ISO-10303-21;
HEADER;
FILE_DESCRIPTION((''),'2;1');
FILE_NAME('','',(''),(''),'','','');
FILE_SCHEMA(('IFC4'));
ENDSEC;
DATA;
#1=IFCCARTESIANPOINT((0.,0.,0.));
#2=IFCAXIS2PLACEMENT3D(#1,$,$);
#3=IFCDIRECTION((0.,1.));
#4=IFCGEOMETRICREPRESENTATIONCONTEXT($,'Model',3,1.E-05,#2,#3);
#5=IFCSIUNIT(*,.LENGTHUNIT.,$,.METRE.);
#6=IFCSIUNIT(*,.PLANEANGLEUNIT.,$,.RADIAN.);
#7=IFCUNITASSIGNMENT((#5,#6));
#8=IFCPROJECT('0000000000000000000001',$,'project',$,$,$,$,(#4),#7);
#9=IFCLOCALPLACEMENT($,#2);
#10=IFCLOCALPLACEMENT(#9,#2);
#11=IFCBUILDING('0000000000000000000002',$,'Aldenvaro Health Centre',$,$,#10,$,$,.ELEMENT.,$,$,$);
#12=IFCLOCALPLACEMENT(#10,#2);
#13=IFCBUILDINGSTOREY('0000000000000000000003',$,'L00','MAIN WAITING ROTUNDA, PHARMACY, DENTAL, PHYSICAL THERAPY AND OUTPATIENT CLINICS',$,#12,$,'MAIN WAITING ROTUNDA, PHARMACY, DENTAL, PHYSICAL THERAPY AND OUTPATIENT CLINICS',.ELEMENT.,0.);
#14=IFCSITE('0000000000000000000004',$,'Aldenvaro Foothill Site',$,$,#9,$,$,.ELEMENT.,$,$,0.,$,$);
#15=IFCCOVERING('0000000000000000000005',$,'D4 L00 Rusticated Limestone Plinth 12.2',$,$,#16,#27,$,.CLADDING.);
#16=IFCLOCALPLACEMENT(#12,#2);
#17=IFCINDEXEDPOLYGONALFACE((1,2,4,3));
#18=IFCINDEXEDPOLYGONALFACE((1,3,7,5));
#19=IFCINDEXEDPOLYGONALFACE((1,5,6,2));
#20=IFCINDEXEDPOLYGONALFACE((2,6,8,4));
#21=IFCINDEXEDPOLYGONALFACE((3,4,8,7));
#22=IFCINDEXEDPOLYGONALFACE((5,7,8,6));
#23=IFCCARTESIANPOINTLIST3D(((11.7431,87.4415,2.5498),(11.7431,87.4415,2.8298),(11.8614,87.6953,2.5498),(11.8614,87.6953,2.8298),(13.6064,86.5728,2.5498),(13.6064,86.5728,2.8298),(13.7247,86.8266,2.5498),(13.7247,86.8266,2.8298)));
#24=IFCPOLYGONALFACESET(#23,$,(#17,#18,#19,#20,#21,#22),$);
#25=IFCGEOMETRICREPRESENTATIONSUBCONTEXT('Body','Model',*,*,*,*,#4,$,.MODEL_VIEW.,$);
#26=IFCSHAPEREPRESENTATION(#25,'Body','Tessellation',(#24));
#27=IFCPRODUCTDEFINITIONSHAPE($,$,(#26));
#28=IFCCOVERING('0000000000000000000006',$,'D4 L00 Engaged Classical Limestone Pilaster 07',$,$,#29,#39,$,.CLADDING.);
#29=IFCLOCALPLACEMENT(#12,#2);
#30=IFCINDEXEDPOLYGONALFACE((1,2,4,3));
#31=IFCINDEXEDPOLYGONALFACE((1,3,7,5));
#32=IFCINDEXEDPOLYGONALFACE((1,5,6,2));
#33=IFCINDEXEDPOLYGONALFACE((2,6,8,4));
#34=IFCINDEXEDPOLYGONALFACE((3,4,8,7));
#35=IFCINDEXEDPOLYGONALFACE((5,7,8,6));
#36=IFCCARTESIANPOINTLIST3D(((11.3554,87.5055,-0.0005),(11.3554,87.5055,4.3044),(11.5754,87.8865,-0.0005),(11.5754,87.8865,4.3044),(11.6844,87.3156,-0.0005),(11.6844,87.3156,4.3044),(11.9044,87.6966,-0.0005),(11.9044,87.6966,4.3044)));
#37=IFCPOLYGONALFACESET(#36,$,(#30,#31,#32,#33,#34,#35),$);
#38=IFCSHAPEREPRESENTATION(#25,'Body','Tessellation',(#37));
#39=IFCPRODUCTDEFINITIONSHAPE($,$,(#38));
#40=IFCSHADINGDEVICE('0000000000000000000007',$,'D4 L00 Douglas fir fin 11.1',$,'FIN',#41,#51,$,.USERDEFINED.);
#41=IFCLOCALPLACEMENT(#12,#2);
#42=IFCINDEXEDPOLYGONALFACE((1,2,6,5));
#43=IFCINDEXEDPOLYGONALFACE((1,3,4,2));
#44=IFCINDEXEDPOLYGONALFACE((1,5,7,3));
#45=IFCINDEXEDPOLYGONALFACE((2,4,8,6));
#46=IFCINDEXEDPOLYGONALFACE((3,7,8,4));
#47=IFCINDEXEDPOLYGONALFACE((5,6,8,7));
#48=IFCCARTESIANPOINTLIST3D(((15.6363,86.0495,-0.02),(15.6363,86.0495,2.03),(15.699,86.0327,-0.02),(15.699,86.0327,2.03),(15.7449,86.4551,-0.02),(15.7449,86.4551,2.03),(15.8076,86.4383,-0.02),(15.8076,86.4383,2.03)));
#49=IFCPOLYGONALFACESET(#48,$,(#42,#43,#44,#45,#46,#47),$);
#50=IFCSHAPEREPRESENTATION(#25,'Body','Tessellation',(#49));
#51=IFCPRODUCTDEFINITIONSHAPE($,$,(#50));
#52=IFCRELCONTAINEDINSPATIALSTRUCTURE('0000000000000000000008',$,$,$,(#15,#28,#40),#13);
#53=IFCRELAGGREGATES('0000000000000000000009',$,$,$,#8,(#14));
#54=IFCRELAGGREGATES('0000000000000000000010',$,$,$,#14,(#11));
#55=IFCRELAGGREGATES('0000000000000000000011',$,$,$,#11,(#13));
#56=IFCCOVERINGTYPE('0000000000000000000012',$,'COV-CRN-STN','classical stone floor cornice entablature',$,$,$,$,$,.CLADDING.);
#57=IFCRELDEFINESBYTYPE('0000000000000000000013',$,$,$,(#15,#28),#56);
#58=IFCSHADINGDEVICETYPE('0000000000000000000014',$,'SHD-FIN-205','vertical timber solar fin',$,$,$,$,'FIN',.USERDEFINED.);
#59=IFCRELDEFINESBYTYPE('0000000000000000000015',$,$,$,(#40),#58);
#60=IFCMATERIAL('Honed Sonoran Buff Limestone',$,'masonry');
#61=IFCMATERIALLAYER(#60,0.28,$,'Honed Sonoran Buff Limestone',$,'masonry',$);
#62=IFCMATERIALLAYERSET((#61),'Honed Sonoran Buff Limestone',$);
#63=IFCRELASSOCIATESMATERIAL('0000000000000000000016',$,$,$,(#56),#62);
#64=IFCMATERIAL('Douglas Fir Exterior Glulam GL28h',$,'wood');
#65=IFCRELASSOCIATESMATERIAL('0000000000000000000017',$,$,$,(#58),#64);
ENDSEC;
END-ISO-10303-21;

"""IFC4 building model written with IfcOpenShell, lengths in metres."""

from ifc_helpers import new_model, si_unit, direction, frame, origin, origin_2d, place, context, subcontext, project, spatial, rectangle, extrude, material, layer, layer_set, type_object, element, save


model = new_model("IFC4")

# Units and contexts
model_context = context("Model", 3, precision=1e-05, world=origin(), true_north=direction((0.0, 1.0)))
body_context = subcontext(model_context, "Body", "Model", "MODEL_VIEW")
ifc_project = project(units=[si_unit("LENGTHUNIT", "METRE"), si_unit("PLANEANGLEUNIT", "RADIAN")], contexts=[model_context])

# Site, building, storey
site_placement = place(None, origin())
site = spatial("IfcSite", under=ifc_project, at=site_placement, Name="Aldenvaro Foothill Site", CompositionType="ELEMENT", RefElevation=0.0)
building_placement = place(site_placement, origin())
building = spatial("IfcBuilding", under=site, at=building_placement, Name="Aldenvaro Health Centre", CompositionType="ELEMENT")
storey_placement = place(building_placement, origin())
storey = spatial("IfcBuildingStorey", under=building, at=storey_placement, Name="L00", Description="MAIN WAITING ROTUNDA, PHARMACY, DENTAL, PHYSICAL THERAPY AND OUTPATIENT CLINICS", LongName="MAIN WAITING ROTUNDA, PHARMACY, DENTAL, PHYSICAL THERAPY AND OUTPATIENT CLINICS", CompositionType="ELEMENT", Elevation=0.0)

# Coverings
ifc_material_1 = material(Name="Honed Sonoran Buff Limestone", Category="masonry")
ifc_layer_1 = layer(ifc_material_1, 0.28, Name="Honed Sonoran Buff Limestone", Category="masonry")
ifc_layer_set_1 = layer_set([ifc_layer_1], Name="Honed Sonoran Buff Limestone")
covering_type = type_object("IfcCoveringType", Name="COV-CRN-STN", Description="classical stone floor cornice entablature", PredefinedType="CLADDING", material=ifc_layer_set_1)
covering_1_placement = place(storey_placement, frame((12.7339, 87.134, 2.5498), z_axis=(0.0, 0.0, 1.0), x_axis=(-0.906336, 0.422557, 0.0)))
element("IfcCovering", 1, at=covering_1_placement, inside=storey, type_object=covering_type, Name="D4 L00 Rusticated Limestone Plinth 12.2", PredefinedType="CLADDING", context=body_context, shape_type="SweptSolid", body=[
    extrude(rectangle(XDim=2.0559, YDim=0.28, at=origin_2d()), origin(), (0.0, 0.0, 1.0), 0.28),
])
covering_2_placement = place(storey_placement, frame((11.6299, 87.6011, -0.0005), z_axis=(0.0, 0.0, 1.0), x_axis=(-0.499992, -0.86603, 0.0)))
element("IfcCovering", 2, at=covering_2_placement, inside=storey, type_object=covering_type, Name="D4 L00 Engaged Classical Limestone Pilaster 07", PredefinedType="CLADDING", context=body_context, shape_type="SweptSolid", body=[
    extrude(rectangle(XDim=0.4399, YDim=0.3799, at=origin_2d()), origin(), (0.0, 0.0, 1.0), 4.3049),
])

# Shading device
ifc_material_2 = material(Name="Douglas Fir Exterior Glulam GL28h", Category="wood")
shading_device_type = type_object("IfcShadingDeviceType", Name="SHD-FIN-205", Description="vertical timber solar fin", ElementType="FIN", PredefinedType="USERDEFINED", material=ifc_material_2)
shading_device_placement = place(storey_placement, frame((15.7219, 86.2439, -0.02), z_axis=(0.0, 0.0, 1.0), x_axis=(-0.965979, 0.258622, 0.0)))
element("IfcShadingDevice", 3, at=shading_device_placement, inside=storey, type_object=shading_device_type, Name="D4 L00 Douglas fir fin 11.1", ObjectType="FIN", PredefinedType="USERDEFINED", context=body_context, shape_type="SweptSolid", body=[
    extrude(rectangle(XDim=0.0649, YDim=0.4199, at=origin_2d()), origin(), (0.0, 0.0, 1.0), 2.05),
])

save(model, "model.ifc")
